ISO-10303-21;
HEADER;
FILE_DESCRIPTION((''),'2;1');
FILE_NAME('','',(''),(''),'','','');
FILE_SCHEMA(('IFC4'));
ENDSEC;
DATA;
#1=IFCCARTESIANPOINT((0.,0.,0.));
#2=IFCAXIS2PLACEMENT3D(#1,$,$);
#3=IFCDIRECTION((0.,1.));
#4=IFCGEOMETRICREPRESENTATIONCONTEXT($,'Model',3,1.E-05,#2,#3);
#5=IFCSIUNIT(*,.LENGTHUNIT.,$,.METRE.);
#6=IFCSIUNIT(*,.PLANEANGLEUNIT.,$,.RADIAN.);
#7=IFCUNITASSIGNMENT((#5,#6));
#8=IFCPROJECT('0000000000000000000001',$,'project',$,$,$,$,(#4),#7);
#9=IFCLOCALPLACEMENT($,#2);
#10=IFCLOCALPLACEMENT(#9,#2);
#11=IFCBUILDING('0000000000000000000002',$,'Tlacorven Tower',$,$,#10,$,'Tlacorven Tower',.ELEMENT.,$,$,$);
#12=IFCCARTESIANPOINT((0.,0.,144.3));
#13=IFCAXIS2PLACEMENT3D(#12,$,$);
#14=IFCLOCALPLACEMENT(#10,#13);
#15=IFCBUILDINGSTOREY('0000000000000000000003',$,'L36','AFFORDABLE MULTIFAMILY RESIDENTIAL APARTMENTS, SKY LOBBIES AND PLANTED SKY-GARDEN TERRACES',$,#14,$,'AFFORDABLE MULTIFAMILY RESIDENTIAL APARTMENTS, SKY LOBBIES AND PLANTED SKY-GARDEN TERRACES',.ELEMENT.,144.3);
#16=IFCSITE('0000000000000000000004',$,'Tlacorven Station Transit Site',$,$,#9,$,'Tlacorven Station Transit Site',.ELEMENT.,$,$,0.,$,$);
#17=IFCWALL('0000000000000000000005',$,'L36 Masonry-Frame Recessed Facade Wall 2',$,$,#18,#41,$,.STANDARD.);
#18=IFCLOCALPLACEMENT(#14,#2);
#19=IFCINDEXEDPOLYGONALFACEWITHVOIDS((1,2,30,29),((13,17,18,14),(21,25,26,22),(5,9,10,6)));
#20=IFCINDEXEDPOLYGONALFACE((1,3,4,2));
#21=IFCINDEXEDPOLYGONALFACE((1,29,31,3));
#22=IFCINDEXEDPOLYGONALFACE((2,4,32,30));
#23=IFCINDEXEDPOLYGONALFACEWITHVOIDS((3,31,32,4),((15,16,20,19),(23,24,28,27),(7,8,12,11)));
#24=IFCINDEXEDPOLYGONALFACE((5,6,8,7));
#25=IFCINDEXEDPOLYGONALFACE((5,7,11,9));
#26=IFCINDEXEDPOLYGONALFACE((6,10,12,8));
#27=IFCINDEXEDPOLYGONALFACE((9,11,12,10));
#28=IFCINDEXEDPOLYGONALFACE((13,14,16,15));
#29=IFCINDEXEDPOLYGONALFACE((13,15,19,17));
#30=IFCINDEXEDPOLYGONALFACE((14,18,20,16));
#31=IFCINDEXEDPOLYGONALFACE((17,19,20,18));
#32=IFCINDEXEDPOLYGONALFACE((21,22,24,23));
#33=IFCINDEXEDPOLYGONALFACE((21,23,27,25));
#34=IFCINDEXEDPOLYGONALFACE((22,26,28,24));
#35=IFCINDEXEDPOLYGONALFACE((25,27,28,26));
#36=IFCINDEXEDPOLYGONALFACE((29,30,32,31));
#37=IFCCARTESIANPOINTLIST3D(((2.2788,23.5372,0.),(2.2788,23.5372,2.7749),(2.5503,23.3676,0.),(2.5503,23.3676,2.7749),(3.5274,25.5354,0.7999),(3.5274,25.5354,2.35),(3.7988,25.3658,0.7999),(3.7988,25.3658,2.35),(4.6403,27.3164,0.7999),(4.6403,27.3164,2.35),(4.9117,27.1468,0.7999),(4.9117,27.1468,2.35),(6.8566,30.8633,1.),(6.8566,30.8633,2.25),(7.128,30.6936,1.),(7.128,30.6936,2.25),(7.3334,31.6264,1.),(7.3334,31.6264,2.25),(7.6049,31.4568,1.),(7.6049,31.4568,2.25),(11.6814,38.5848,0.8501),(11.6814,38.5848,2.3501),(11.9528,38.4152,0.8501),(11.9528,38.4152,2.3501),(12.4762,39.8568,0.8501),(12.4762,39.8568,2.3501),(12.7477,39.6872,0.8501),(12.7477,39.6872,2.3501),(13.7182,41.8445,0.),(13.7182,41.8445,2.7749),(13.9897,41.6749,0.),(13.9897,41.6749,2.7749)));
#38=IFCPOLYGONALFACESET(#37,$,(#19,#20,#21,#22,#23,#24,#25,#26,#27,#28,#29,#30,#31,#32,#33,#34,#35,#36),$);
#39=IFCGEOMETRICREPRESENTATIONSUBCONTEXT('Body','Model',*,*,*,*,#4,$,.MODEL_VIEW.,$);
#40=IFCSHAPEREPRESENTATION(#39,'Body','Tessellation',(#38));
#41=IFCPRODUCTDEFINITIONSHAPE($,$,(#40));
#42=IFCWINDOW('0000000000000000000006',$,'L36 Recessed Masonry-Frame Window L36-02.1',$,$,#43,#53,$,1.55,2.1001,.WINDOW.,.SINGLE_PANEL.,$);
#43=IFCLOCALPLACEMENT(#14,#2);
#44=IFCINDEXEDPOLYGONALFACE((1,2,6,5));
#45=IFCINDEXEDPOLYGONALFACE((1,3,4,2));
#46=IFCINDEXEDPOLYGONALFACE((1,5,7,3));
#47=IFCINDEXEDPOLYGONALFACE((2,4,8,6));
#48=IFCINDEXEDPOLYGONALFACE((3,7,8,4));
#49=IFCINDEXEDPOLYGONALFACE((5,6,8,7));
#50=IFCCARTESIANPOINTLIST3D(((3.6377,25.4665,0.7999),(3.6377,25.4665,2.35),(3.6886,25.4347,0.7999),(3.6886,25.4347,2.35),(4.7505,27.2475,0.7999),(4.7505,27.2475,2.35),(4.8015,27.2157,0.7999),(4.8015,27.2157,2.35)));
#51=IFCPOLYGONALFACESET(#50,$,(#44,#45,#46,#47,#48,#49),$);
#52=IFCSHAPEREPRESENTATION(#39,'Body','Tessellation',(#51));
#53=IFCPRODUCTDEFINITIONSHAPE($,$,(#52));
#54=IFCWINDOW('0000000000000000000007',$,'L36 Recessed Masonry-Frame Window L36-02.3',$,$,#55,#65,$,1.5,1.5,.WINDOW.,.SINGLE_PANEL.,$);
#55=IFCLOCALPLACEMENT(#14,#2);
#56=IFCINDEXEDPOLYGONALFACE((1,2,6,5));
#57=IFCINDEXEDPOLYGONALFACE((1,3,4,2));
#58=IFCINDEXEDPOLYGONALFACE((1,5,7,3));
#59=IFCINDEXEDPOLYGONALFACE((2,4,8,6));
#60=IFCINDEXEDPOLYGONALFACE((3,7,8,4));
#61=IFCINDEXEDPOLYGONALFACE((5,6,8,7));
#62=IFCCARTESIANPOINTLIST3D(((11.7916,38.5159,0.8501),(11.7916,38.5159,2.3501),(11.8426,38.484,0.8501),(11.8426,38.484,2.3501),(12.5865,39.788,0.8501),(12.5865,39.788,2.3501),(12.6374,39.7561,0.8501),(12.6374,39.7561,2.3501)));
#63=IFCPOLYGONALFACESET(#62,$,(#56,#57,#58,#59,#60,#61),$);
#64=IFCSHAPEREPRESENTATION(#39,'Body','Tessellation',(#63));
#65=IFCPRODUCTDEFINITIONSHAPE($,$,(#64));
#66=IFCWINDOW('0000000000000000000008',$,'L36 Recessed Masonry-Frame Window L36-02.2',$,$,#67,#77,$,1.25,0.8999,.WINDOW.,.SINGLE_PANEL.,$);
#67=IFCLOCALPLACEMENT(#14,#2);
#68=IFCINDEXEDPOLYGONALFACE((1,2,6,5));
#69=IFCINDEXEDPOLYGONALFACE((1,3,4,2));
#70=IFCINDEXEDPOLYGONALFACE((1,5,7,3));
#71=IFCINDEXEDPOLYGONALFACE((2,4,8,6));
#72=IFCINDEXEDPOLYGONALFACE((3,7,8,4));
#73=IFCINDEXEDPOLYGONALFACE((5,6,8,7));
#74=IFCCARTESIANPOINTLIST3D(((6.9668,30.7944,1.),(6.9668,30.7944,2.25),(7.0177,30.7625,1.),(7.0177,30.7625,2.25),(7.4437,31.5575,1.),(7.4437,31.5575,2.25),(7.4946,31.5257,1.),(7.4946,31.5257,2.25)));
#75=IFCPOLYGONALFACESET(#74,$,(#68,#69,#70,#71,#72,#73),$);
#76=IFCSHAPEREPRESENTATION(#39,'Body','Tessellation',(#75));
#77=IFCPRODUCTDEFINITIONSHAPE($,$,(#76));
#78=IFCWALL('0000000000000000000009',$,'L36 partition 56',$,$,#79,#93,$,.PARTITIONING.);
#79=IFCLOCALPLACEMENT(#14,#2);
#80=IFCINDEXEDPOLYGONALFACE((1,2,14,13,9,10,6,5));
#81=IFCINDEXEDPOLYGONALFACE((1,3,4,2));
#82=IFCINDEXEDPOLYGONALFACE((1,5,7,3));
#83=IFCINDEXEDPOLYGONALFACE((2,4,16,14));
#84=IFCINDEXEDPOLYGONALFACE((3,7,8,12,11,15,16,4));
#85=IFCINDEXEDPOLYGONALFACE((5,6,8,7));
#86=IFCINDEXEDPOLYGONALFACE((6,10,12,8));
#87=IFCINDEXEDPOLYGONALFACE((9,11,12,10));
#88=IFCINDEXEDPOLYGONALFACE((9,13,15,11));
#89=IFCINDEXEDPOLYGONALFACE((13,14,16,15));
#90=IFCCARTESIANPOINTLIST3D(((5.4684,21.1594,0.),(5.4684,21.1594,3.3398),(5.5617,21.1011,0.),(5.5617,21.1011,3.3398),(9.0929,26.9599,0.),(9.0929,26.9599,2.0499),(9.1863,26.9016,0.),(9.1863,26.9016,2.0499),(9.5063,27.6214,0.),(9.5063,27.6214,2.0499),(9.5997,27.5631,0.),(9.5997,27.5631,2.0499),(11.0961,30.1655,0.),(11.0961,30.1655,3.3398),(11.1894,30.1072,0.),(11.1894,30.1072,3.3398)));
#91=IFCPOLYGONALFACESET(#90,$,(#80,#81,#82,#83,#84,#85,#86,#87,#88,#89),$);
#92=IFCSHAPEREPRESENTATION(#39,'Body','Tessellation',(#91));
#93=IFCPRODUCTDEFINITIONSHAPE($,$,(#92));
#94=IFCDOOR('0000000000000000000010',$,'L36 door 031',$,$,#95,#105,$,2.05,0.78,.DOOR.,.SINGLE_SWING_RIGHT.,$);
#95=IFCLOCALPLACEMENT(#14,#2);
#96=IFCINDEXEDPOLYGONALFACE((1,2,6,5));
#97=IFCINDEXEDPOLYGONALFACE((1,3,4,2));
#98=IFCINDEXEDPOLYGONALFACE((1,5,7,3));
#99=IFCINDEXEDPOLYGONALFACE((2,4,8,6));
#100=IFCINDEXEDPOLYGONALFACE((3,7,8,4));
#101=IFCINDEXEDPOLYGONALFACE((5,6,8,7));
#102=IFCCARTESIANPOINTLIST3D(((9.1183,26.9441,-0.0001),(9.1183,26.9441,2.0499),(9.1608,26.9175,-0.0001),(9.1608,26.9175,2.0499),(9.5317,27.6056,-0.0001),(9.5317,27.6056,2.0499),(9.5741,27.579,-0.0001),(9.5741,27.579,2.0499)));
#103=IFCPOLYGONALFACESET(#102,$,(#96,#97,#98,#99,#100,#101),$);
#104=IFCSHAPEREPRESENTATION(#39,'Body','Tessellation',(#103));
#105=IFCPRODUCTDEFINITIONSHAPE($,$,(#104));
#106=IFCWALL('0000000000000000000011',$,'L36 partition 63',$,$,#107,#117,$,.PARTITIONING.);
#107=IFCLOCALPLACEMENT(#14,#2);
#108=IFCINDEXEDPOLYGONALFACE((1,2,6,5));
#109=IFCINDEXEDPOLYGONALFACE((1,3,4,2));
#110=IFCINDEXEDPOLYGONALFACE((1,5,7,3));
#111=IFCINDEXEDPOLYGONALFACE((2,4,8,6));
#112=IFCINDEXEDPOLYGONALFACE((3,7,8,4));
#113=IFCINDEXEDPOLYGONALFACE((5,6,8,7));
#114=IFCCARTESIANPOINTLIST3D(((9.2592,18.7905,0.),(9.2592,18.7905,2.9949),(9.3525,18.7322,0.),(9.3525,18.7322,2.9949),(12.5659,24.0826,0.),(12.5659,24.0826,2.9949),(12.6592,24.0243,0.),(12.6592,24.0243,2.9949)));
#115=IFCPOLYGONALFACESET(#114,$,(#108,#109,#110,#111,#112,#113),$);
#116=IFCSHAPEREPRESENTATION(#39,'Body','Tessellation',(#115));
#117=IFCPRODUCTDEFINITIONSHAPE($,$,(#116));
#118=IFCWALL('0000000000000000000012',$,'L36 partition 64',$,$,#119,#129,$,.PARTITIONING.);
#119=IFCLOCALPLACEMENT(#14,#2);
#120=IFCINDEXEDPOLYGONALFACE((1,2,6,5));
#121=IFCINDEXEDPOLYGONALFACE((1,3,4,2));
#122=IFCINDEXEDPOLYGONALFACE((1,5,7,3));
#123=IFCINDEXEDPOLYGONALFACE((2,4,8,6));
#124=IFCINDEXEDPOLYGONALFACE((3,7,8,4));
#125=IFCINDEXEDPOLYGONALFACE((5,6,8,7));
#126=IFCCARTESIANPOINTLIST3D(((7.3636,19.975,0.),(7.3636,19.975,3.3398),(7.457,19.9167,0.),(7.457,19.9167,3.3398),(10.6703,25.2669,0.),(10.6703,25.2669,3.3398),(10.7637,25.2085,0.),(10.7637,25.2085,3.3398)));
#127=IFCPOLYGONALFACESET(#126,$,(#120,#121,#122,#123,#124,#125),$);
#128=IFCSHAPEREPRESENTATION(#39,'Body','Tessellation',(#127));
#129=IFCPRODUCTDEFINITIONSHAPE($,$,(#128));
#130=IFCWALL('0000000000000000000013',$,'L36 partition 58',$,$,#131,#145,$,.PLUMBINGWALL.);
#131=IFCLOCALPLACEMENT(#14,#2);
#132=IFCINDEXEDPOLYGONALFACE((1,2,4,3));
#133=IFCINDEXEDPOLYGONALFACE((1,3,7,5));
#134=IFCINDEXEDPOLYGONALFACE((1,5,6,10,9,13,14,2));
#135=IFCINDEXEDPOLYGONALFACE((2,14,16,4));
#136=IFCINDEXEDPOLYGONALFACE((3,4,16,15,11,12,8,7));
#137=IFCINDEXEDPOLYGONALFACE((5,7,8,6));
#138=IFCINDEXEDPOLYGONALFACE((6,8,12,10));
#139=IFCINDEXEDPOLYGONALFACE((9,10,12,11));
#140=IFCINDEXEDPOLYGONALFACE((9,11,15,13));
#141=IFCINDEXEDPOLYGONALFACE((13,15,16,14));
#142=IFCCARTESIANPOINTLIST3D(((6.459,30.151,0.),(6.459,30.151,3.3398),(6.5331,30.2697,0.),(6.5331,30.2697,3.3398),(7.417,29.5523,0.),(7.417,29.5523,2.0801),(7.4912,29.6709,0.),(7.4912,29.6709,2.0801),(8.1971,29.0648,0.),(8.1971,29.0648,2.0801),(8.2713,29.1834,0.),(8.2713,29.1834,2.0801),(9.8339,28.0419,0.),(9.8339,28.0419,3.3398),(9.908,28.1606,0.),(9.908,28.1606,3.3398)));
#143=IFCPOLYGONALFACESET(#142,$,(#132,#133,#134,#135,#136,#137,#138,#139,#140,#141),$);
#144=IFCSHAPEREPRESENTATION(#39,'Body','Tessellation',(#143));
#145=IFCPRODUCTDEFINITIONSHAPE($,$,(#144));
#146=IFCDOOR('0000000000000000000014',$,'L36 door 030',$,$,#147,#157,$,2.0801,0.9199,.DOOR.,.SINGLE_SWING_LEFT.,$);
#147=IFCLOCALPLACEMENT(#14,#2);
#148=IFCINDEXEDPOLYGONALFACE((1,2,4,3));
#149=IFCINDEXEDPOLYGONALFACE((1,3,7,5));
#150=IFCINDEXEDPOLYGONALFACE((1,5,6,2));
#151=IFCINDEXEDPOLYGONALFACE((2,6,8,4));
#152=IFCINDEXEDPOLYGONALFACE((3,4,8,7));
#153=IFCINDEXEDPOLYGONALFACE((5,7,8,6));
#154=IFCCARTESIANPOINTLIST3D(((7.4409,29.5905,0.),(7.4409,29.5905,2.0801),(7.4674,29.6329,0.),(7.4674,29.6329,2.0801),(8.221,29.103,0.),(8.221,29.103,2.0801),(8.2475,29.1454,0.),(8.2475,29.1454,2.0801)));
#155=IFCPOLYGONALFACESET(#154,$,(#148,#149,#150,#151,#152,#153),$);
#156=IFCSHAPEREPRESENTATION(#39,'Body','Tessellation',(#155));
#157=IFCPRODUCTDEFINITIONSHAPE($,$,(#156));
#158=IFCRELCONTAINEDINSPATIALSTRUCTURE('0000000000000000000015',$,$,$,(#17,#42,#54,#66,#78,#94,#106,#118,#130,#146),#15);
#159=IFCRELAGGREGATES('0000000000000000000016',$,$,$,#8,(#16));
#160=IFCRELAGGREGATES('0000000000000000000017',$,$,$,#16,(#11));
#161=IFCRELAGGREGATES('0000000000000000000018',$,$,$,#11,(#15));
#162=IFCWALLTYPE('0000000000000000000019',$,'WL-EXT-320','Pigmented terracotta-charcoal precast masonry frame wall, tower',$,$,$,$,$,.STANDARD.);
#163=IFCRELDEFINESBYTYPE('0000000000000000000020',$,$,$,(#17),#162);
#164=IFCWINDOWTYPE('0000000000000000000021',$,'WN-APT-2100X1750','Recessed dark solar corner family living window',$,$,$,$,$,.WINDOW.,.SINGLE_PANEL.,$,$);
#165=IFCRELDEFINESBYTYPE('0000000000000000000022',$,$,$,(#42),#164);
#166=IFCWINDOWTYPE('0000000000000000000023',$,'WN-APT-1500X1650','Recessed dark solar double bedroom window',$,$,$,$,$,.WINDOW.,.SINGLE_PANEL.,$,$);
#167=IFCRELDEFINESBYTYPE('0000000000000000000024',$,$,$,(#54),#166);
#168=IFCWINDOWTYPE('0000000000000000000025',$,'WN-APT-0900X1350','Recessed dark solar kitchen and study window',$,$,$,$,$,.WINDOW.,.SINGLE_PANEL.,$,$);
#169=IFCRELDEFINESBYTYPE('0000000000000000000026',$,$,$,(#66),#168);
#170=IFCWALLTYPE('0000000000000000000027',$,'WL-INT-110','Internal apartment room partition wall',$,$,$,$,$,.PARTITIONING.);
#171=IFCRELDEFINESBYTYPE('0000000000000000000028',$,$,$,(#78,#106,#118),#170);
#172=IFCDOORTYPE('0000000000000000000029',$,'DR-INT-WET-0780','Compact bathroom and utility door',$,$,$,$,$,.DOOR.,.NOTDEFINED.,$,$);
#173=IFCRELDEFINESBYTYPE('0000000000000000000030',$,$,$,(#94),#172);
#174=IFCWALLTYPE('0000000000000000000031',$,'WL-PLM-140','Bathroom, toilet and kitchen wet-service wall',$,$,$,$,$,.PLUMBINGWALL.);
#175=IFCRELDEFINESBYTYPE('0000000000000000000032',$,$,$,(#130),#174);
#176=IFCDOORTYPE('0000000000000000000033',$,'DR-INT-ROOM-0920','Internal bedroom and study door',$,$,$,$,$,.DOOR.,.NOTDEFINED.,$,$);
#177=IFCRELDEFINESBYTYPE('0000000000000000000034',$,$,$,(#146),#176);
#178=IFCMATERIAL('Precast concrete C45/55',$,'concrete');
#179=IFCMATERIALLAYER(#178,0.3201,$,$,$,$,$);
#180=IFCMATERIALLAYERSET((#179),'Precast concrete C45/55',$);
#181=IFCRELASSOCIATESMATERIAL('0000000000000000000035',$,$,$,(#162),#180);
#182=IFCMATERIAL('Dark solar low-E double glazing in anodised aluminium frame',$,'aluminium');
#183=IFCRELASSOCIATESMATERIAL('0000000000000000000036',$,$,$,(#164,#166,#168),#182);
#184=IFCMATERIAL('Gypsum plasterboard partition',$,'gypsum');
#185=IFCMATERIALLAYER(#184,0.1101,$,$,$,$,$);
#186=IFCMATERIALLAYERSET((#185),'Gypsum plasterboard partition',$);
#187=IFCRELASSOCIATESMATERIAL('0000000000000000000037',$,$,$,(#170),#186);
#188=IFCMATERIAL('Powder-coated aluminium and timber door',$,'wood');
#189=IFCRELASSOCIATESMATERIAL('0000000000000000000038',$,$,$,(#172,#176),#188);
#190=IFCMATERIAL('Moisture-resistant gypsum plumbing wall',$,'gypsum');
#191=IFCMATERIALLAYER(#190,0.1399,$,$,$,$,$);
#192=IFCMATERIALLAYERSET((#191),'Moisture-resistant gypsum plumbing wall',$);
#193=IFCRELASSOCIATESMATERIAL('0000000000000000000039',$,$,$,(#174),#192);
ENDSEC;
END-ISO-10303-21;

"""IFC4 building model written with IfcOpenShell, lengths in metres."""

from ifc_helpers import new_model, si_unit, direction, frame, frame_2d, origin, place, context, subcontext, project, spatial, rectangle, extrude, source, transform, mapped, material, layer, layer_set, type_object, element, fill, save


model = new_model("IFC4")

# Units and contexts
model_context = context("Model", 3, precision=1e-05, world=origin(), true_north=direction((0.0, 1.0)))
body_context = subcontext(model_context, "Body", "Model", "MODEL_VIEW")
ifc_project = project(units=[si_unit("LENGTHUNIT", "METRE"), si_unit("PLANEANGLEUNIT", "RADIAN")], contexts=[model_context])

# Site, building, storey
site_placement = place(None, origin())
site = spatial("IfcSite", under=ifc_project, at=site_placement, Name="Tlacorven Station Transit Site", LongName="Tlacorven Station Transit Site", CompositionType="ELEMENT", RefElevation=0.0)
building_placement = place(site_placement, origin())
building = spatial("IfcBuilding", under=site, at=building_placement, Name="Tlacorven Tower", LongName="Tlacorven Tower", CompositionType="ELEMENT")
storey_placement = place(building_placement, frame((0.0, 0.0, 144.3)))
storey = spatial("IfcBuildingStorey", under=building, at=storey_placement, Name="L36", Description="AFFORDABLE MULTIFAMILY RESIDENTIAL APARTMENTS, SKY LOBBIES AND PLANTED SKY-GARDEN TERRACES", LongName="AFFORDABLE MULTIFAMILY RESIDENTIAL APARTMENTS, SKY LOBBIES AND PLANTED SKY-GARDEN TERRACES", CompositionType="ELEMENT", Elevation=144.3)

# Wall, openings, windows
ifc_material_1 = material(Name="Precast concrete C45/55", Category="concrete")
ifc_layer_1 = layer(ifc_material_1, 0.3201)
ifc_layer_set_1 = layer_set([ifc_layer_1], Name="Precast concrete C45/55")
wall_type_1 = type_object("IfcWallType", Name="WL-EXT-320", Description="Pigmented terracotta-charcoal precast masonry frame wall, tower", PredefinedType="STANDARD", material=ifc_layer_set_1)
wall_1_placement = place(storey_placement, frame((2.4146, 23.4524, 0.0), z_axis=(0.0, 0.0, 1.0), x_axis=(0.52991, 0.848054, 0.0)))
wall_1 = element("IfcWall", 1, at=wall_1_placement, inside=storey, type_object=wall_type_1, Name="L36 Masonry-Frame Recessed Facade Wall 2", PredefinedType="STANDARD", context=body_context, shape_type="SweptSolid", body=[
    extrude(rectangle(XDim=21.5874, YDim=0.3201, at=frame_2d((10.7937, 0.0))), origin(), (0.0, 0.0, 1.0), 2.7749),
])
opening_1_placement = place(wall_1_placement, frame((2.3562, 0.0, 0.8)))
opening_1 = element("IfcOpeningElement", 2, at=opening_1_placement, cuts=wall_1, PredefinedType="OPENING", context=body_context, shape_type="SweptSolid", body=[
    extrude(rectangle(XDim=2.1001, YDim=1.55, at=frame_2d((1.05, 0.7749))), frame((0.0, 0.1699, 0.0), z_axis=(0.0, -1.0, 0.0), x_axis=(1.0, 0.0, 0.0)), (0.0, 0.0, 1.0), 0.3401),
])
opening_2_placement = place(wall_1_placement, frame((8.6387, 0.0, 1.0)))
opening_2 = element("IfcOpeningElement", 3, at=opening_2_placement, cuts=wall_1, PredefinedType="OPENING", context=body_context, shape_type="SweptSolid", body=[
    extrude(rectangle(XDim=0.8999, YDim=1.25, at=frame_2d((0.45, 0.625))), frame((0.0, 0.1699, 0.0), z_axis=(0.0, -1.0, 0.0), x_axis=(1.0, 0.0, 0.0)), (0.0, 0.0, 1.0), 0.3401),
])
opening_3_placement = place(wall_1_placement, frame((17.7437, 0.0, 0.8501)))
opening_3 = element("IfcOpeningElement", 4, at=opening_3_placement, cuts=wall_1, PredefinedType="OPENING", context=body_context, shape_type="SweptSolid", body=[
    extrude(rectangle(XDim=1.5, YDim=1.5, at=frame_2d((0.75, 0.75))), frame((0.0, 0.1699, 0.0), z_axis=(0.0, -1.0, 0.0), x_axis=(1.0, 0.0, 0.0)), (0.0, 0.0, 1.0), 0.3401),
])
ifc_material_2 = material(Name="Dark solar low-E double glazing in anodised aluminium frame", Category="aluminium")
window_type_1 = type_object("IfcWindowType", Name="WN-APT-2100X1750", Description="Recessed dark solar corner family living window", PartitioningType="SINGLE_PANEL", PredefinedType="WINDOW", material=ifc_material_2)
shared_shape_1 = source(origin(), body_context, "Body", "SweptSolid", [
    extrude(rectangle(XDim=2.1001, YDim=1.55, at=frame_2d((1.05, 0.7749))), frame((0.0, 0.03, 0.0), z_axis=(0.0, -1.0, 0.0), x_axis=(1.0, 0.0, 0.0)), (0.0, 0.0, 1.0), 0.0601),
])
window_1_placement = place(opening_1_placement, origin())
window_1 = element("IfcWindow", 5, at=window_1_placement, inside=storey, type_object=window_type_1, Name="L36 Recessed Masonry-Frame Window L36-02.1", OverallHeight=1.55, OverallWidth=2.1001, PartitioningType="SINGLE_PANEL", PredefinedType="WINDOW", context=body_context, shape_type="MappedRepresentation", body=[
    mapped(shared_shape_1, transform((0.0, 0.0, 0.0), scale=1.0)),
])
fill(opening_1, window_1)
window_type_2 = type_object("IfcWindowType", Name="WN-APT-1500X1650", Description="Recessed dark solar double bedroom window", PartitioningType="SINGLE_PANEL", PredefinedType="WINDOW", material=ifc_material_2)
shared_shape_2 = source(origin(), body_context, "Body", "SweptSolid", [
    extrude(rectangle(XDim=1.5, YDim=1.5, at=frame_2d((0.75, 0.75))), frame((0.0, 0.03, 0.0), z_axis=(0.0, -1.0, 0.0), x_axis=(1.0, 0.0, 0.0)), (0.0, 0.0, 1.0), 0.0601),
])
window_2_placement = place(opening_3_placement, origin())
window_2 = element("IfcWindow", 6, at=window_2_placement, inside=storey, type_object=window_type_2, Name="L36 Recessed Masonry-Frame Window L36-02.3", OverallHeight=1.5, OverallWidth=1.5, PartitioningType="SINGLE_PANEL", PredefinedType="WINDOW", context=body_context, shape_type="MappedRepresentation", body=[
    mapped(shared_shape_2, transform((0.0, 0.0, 0.0), scale=1.0)),
])
fill(opening_3, window_2)
window_type_3 = type_object("IfcWindowType", Name="WN-APT-0900X1350", Description="Recessed dark solar kitchen and study window", PartitioningType="SINGLE_PANEL", PredefinedType="WINDOW", material=ifc_material_2)
shared_shape_3 = source(origin(), body_context, "Body", "SweptSolid", [
    extrude(rectangle(XDim=0.8999, YDim=1.25, at=frame_2d((0.45, 0.625))), frame((0.0, 0.03, 0.0), z_axis=(0.0, -1.0, 0.0), x_axis=(1.0, 0.0, 0.0)), (0.0, 0.0, 1.0), 0.0601),
])
window_3_placement = place(opening_2_placement, origin())
window_3 = element("IfcWindow", 7, at=window_3_placement, inside=storey, type_object=window_type_3, Name="L36 Recessed Masonry-Frame Window L36-02.2", OverallHeight=1.25, OverallWidth=0.8999, PartitioningType="SINGLE_PANEL", PredefinedType="WINDOW", context=body_context, shape_type="MappedRepresentation", body=[
    mapped(shared_shape_3, transform((0.0, 0.0, 0.0), scale=1.0)),
])
fill(opening_2, window_3)

# Wall, opening, door
ifc_material_3 = material(Name="Gypsum plasterboard partition", Category="gypsum")
ifc_layer_2 = layer(ifc_material_3, 0.1101)
ifc_layer_set_2 = layer_set([ifc_layer_2], Name="Gypsum plasterboard partition")
wall_type_2 = type_object("IfcWallType", Name="WL-INT-110", Description="Internal apartment room partition wall", PredefinedType="PARTITIONING", material=ifc_layer_set_2)
wall_2_placement = place(storey_placement, frame((11.1428, 30.1365, 0.0), z_axis=(0.0, 0.0, 1.0), x_axis=(-0.529922, -0.848046, 0.0)))
wall_2 = element("IfcWall", 8, at=wall_2_placement, inside=storey, type_object=wall_type_2, Name="L36 partition 56", PredefinedType="PARTITIONING", context=body_context, shape_type="SweptSolid", body=[
    extrude(rectangle(XDim=10.6199, YDim=0.1101, at=frame_2d((5.3101, 0.0))), origin(), (0.0, 0.0, 1.0), 3.3398),
])
opening_4_placement = place(wall_2_placement, frame((3.0, 0.0, 0.0)))
opening_4 = element("IfcOpeningElement", 9, at=opening_4_placement, cuts=wall_2, PredefinedType="OPENING", context=body_context, shape_type="SweptSolid", body=[
    extrude(rectangle(XDim=0.78, YDim=2.05, at=frame_2d((0.3901, 1.0249))), frame((0.0, 0.0649, 0.0), z_axis=(0.0, -1.0, 0.0), x_axis=(1.0, 0.0, 0.0)), (0.0, 0.0, 1.0), 0.1301),
])
ifc_material_4 = material(Name="Powder-coated aluminium and timber door", Category="wood")
door_type_1 = type_object("IfcDoorType", Name="DR-INT-WET-0780", Description="Compact bathroom and utility door", OperationType="NOTDEFINED", PredefinedType="DOOR", material=ifc_material_4)
shared_shape_4 = source(origin(), body_context, "Body", "SweptSolid", [
    extrude(rectangle(XDim=0.78, YDim=2.05, at=frame_2d((0.3901, 1.0249))), frame((0.0, 0.0249, 0.0), z_axis=(0.0, -1.0, 0.0), x_axis=(1.0, 0.0, 0.0)), (0.0, 0.0, 1.0), 0.05),
])
door_1_placement = place(opening_4_placement, origin())
door_1 = element("IfcDoor", 10, at=door_1_placement, inside=storey, type_object=door_type_1, Name="L36 door 031", OperationType="SINGLE_SWING_RIGHT", OverallHeight=2.05, OverallWidth=0.78, PredefinedType="DOOR", context=body_context, shape_type="MappedRepresentation", body=[
    mapped(shared_shape_4, transform((0.0, 0.0, 0.0), scale=1.0)),
])
fill(opening_4, door_1)

# Walls
wall_3_placement = place(storey_placement, frame((12.6125, 24.0535, 0.0), z_axis=(0.0, 0.0, 1.0), x_axis=(-0.5299, -0.84806, 0.0)))
element("IfcWall", 11, at=wall_3_placement, inside=storey, type_object=wall_type_2, Name="L36 partition 63", PredefinedType="PARTITIONING", context=body_context, shape_type="SweptSolid", body=[
    extrude(rectangle(XDim=6.2402, YDim=0.1101, at=frame_2d((3.1201, 0.0))), origin(), (0.0, 0.0, 1.0), 2.9949),
])
wall_4_placement = place(storey_placement, frame((10.717, 25.2378, 0.0), z_axis=(0.0, 0.0, 1.0), x_axis=(-0.529918, -0.848049, 0.0)))
element("IfcWall", 12, at=wall_4_placement, inside=storey, type_object=wall_type_2, Name="L36 partition 64", PredefinedType="PARTITIONING", context=body_context, shape_type="SweptSolid", body=[
    extrude(rectangle(XDim=6.24, YDim=0.1101, at=frame_2d((3.1201, 0.0))), origin(), (0.0, 0.0, 1.0), 3.3398),
])

# Wall, opening, door
ifc_material_5 = material(Name="Moisture-resistant gypsum plumbing wall", Category="gypsum")
ifc_layer_3 = layer(ifc_material_5, 0.1399)
ifc_layer_set_3 = layer_set([ifc_layer_3], Name="Moisture-resistant gypsum plumbing wall")
wall_type_3 = type_object("IfcWallType", Name="WL-PLM-140", Description="Bathroom, toilet and kitchen wet-service wall", PredefinedType="PLUMBINGWALL", material=ifc_layer_set_3)
wall_5_placement = place(storey_placement, frame((9.8708, 28.1013, 0.0), z_axis=(0.0, 0.0, 1.0), x_axis=(-0.848026, 0.529955, 0.0)))
wall_5 = element("IfcWall", 13, at=wall_5_placement, inside=storey, type_object=wall_type_3, Name="L36 partition 58", PredefinedType="PLUMBINGWALL", context=body_context, shape_type="SweptSolid", body=[
    extrude(rectangle(XDim=3.9797, YDim=0.1399, at=frame_2d((1.9897, 0.0))), origin(), (0.0, 0.0, 1.0), 3.3398),
])
opening_5_placement = place(wall_5_placement, frame((1.9299, 0.0, 0.0)))
opening_5 = element("IfcOpeningElement", 14, at=opening_5_placement, cuts=wall_5, PredefinedType="OPENING", context=body_context, shape_type="SweptSolid", body=[
    extrude(rectangle(XDim=0.9199, YDim=2.0801, at=frame_2d((0.46, 1.04))), frame((0.0, 0.0801, 0.0), z_axis=(0.0, -1.0, 0.0), x_axis=(1.0, 0.0, 0.0)), (0.0, 0.0, 1.0), 0.1599),
])
door_type_2 = type_object("IfcDoorType", Name="DR-INT-ROOM-0920", Description="Internal bedroom and study door", OperationType="NOTDEFINED", PredefinedType="DOOR", material=ifc_material_4)
shared_shape_5 = source(origin(), body_context, "Body", "SweptSolid", [
    extrude(rectangle(XDim=0.9199, YDim=2.0801, at=frame_2d((0.46, 1.04))), frame((0.0, 0.0249, 0.0), z_axis=(0.0, -1.0, 0.0), x_axis=(1.0, 0.0, 0.0)), (0.0, 0.0, 1.0), 0.05),
])
door_2_placement = place(opening_5_placement, origin())
door_2 = element("IfcDoor", 15, at=door_2_placement, inside=storey, type_object=door_type_2, Name="L36 door 030", OperationType="SINGLE_SWING_LEFT", OverallHeight=2.0801, OverallWidth=0.9199, PredefinedType="DOOR", context=body_context, shape_type="MappedRepresentation", body=[
    mapped(shared_shape_5, transform((0.0, 0.0, 0.0), scale=1.0)),
])
fill(opening_5, door_2)

save(model, "model.ifc")
